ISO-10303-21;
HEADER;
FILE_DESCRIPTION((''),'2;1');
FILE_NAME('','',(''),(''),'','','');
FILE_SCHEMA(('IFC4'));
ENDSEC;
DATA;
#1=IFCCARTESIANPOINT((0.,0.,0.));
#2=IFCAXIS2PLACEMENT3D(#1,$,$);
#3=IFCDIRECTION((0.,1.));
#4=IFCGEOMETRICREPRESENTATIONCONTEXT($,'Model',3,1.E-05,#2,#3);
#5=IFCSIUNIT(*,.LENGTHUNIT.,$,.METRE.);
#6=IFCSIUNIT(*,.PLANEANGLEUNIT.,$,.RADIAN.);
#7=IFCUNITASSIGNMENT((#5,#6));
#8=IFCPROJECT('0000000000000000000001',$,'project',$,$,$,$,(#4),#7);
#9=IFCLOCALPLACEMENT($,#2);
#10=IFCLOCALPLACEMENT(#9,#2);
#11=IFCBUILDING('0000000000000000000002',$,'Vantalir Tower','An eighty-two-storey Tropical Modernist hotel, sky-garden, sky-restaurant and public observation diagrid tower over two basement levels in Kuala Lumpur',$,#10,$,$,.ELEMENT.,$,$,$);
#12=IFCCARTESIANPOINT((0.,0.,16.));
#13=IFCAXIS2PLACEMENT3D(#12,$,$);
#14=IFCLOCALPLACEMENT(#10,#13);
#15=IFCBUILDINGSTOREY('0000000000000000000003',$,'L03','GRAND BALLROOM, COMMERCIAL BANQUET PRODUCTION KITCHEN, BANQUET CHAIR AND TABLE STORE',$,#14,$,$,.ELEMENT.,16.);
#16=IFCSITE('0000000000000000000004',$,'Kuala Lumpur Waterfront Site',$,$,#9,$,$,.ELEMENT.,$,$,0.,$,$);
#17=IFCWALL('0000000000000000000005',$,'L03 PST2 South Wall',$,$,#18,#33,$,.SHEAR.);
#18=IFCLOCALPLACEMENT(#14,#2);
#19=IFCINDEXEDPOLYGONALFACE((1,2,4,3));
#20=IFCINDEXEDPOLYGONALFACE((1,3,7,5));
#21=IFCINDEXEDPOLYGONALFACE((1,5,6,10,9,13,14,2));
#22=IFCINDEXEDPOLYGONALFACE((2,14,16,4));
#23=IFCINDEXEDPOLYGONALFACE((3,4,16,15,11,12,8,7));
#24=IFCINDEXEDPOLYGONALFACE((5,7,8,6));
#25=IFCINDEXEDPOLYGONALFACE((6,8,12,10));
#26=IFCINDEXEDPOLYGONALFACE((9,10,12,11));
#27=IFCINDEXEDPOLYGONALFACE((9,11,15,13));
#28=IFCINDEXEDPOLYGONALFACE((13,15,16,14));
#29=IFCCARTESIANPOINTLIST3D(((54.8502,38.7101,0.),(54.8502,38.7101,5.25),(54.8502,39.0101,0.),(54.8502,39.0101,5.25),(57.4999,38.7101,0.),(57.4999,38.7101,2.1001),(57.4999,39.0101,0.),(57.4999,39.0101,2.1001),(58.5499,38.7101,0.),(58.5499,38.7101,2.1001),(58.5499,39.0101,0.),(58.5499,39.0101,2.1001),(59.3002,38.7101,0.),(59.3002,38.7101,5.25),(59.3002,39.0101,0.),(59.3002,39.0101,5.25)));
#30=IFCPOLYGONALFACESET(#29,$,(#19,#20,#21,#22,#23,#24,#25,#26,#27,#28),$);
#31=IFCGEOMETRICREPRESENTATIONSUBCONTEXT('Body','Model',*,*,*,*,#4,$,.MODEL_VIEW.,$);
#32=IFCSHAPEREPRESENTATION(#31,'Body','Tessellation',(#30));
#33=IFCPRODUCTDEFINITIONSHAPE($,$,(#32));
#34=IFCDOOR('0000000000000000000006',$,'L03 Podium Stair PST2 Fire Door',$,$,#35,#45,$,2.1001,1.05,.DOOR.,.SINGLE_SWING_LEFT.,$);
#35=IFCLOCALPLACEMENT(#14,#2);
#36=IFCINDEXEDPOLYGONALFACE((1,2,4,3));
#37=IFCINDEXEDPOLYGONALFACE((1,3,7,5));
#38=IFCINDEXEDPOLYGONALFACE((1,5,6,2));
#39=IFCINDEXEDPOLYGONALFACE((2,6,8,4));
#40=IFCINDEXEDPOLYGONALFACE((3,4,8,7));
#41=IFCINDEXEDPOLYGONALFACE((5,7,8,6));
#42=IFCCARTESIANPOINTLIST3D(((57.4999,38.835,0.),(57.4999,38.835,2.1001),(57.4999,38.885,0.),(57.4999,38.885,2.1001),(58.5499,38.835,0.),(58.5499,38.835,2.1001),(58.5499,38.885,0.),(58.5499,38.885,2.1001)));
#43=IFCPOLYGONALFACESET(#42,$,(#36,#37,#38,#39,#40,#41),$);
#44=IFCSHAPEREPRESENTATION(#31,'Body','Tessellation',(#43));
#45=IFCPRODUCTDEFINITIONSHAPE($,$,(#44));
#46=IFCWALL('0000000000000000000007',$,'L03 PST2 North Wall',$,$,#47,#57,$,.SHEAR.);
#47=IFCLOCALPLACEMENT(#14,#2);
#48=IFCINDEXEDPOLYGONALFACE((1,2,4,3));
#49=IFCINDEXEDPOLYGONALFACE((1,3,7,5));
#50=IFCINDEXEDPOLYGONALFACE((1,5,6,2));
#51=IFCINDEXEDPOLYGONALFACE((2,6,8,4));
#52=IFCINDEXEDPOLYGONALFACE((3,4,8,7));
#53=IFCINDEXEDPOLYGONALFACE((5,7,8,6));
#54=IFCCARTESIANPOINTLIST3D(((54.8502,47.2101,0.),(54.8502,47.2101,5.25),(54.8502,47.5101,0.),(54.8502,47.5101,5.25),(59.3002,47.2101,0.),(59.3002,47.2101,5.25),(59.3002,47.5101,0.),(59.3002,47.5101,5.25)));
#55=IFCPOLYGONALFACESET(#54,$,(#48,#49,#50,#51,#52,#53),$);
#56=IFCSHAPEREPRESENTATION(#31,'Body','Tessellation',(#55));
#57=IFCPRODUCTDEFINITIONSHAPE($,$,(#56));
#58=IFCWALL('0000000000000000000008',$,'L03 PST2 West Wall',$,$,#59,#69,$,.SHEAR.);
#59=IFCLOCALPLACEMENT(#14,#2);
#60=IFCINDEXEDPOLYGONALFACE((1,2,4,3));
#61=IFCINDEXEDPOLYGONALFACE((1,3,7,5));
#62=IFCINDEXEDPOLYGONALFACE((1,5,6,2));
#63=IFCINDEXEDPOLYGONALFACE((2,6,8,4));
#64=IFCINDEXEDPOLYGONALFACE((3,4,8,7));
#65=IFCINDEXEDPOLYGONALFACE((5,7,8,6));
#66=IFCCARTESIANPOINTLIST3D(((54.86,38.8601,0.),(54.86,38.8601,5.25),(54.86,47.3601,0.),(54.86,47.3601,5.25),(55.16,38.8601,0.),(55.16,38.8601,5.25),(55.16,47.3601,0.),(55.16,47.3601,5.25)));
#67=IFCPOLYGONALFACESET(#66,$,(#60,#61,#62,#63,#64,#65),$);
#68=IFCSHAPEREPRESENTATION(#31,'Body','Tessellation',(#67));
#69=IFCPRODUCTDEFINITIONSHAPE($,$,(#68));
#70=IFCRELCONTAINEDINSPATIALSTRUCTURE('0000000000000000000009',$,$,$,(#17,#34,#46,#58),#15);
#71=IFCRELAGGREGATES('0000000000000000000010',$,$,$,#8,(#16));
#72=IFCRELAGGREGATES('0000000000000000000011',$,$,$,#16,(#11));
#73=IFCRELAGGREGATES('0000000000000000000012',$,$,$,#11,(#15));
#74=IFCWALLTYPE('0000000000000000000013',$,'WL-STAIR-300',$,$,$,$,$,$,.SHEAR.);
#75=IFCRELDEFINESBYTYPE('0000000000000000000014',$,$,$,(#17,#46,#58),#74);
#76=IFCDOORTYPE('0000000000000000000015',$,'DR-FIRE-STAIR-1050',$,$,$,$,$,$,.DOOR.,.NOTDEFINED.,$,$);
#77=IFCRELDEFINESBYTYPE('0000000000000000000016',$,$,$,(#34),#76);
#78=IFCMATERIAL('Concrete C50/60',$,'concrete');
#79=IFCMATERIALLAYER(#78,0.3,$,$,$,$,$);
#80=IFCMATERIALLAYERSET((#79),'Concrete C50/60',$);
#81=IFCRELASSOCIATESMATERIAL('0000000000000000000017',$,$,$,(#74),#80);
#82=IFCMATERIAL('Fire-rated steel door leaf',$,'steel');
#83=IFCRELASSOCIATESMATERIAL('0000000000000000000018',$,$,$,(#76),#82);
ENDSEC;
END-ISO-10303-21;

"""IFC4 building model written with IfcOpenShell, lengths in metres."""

from ifc_helpers import new_model, si_unit, direction, frame, frame_2d, origin, place, context, subcontext, project, spatial, rectangle, extrude, material, layer, layer_set, type_object, element, fill, save


model = new_model("IFC4")

# Units and contexts
model_context = context("Model", 3, precision=1e-05, world=origin(), true_north=direction((0.0, 1.0)))
body_context = subcontext(model_context, "Body", "Model", "MODEL_VIEW")
ifc_project = project(units=[si_unit("LENGTHUNIT", "METRE"), si_unit("PLANEANGLEUNIT", "RADIAN")], contexts=[model_context])

# Site, building, storey
site_placement = place(None, origin())
site = spatial("IfcSite", under=ifc_project, at=site_placement, Name="Kuala Lumpur Waterfront Site", CompositionType="ELEMENT", RefElevation=0.0)
building_placement = place(site_placement, origin())
building = spatial("IfcBuilding", under=site, at=building_placement, Name="Vantalir Tower", Description="An eighty-two-storey Tropical Modernist hotel, sky-garden, sky-restaurant and public observation diagrid tower over two basement levels in Kuala Lumpur", CompositionType="ELEMENT")
storey_placement = place(building_placement, frame((0.0, 0.0, 16.0)))
storey = spatial("IfcBuildingStorey", under=building, at=storey_placement, Name="L03", Description="GRAND BALLROOM, COMMERCIAL BANQUET PRODUCTION KITCHEN, BANQUET CHAIR AND TABLE STORE", CompositionType="ELEMENT", Elevation=16.0)

# Shared definitions
ifc_material_1 = material(Name="Concrete C50/60", Category="concrete")

# Wall, opening, door
ifc_layer_1 = layer(ifc_material_1, 0.3)
ifc_layer_set_1 = layer_set([ifc_layer_1], Name="Concrete C50/60")
wall_type_1 = type_object("IfcWallType", Name="WL-STAIR-300", PredefinedType="SHEAR", material=ifc_layer_set_1)
wall_1_placement = place(storey_placement, frame((54.8501, 38.8601, 0.0), z_axis=(0.0, 0.0, 1.0), x_axis=(1.0, 0.0, 0.0)))
wall_1 = element("IfcWall", 1, at=wall_1_placement, inside=storey, type_object=wall_type_1, Name="L03 PST2 South Wall", PredefinedType="SHEAR", context=body_context, shape_type="SweptSolid", body=[
    extrude(rectangle(XDim=4.45, YDim=0.3, at=frame_2d((2.2251, 0.0))), origin(), (0.0, 0.0, 1.0), 5.25),
])
opening_placement = place(wall_1_placement, frame((2.6499, 0.0, 0.0)))
opening = element("IfcOpeningElement", 2, at=opening_placement, cuts=wall_1, PredefinedType="OPENING", context=body_context, shape_type="SweptSolid", body=[
    extrude(rectangle(XDim=1.05, YDim=2.1001, at=frame_2d((0.5249, 1.05))), frame((0.0, 0.1599, 0.0), z_axis=(0.0, -1.0, 0.0), x_axis=(1.0, 0.0, 0.0)), (0.0, 0.0, 1.0), 0.3201),
])
ifc_material_2 = material(Name="Fire-rated steel door leaf", Category="steel")
door_type = type_object("IfcDoorType", Name="DR-FIRE-STAIR-1050", OperationType="NOTDEFINED", PredefinedType="DOOR", material=ifc_material_2)
door_placement = place(opening_placement, origin())
door = element("IfcDoor", 3, at=door_placement, inside=storey, type_object=door_type, Name="L03 Podium Stair PST2 Fire Door", OperationType="SINGLE_SWING_LEFT", OverallHeight=2.1001, OverallWidth=1.05, PredefinedType="DOOR", context=body_context, shape_type="SweptSolid", body=[
    extrude(rectangle(XDim=1.05, YDim=2.1001, at=frame_2d((0.5249, 1.05))), frame((0.0, 0.0249, 0.0), z_axis=(0.0, -1.0, 0.0), x_axis=(1.0, 0.0, 0.0)), (0.0, 0.0, 1.0), 0.05),
])
fill(opening, door)

# Walls
wall_2_placement = place(storey_placement, frame((54.8501, 47.3601, 0.0), z_axis=(0.0, 0.0, 1.0), x_axis=(1.0, 0.0, 0.0)))
element("IfcWall", 4, at=wall_2_placement, inside=storey, type_object=wall_type_1, Name="L03 PST2 North Wall", PredefinedType="SHEAR", context=body_context, shape_type="SweptSolid", body=[
    extrude(rectangle(XDim=4.45, YDim=0.3, at=frame_2d((2.2251, 0.0))), origin(), (0.0, 0.0, 1.0), 5.25),
])
wall_3_placement = place(storey_placement, frame((55.01, 38.8601, 0.0), z_axis=(0.0, 0.0, 1.0), x_axis=(0.0, 1.0, 0.0)))
element("IfcWall", 5, at=wall_3_placement, inside=storey, type_object=wall_type_1, Name="L03 PST2 West Wall", PredefinedType="SHEAR", context=body_context, shape_type="SweptSolid", body=[
    extrude(rectangle(XDim=8.5, YDim=0.3, at=frame_2d((4.25, 0.0))), origin(), (0.0, 0.0, 1.0), 5.25),
])

save(model, "model.ifc")
